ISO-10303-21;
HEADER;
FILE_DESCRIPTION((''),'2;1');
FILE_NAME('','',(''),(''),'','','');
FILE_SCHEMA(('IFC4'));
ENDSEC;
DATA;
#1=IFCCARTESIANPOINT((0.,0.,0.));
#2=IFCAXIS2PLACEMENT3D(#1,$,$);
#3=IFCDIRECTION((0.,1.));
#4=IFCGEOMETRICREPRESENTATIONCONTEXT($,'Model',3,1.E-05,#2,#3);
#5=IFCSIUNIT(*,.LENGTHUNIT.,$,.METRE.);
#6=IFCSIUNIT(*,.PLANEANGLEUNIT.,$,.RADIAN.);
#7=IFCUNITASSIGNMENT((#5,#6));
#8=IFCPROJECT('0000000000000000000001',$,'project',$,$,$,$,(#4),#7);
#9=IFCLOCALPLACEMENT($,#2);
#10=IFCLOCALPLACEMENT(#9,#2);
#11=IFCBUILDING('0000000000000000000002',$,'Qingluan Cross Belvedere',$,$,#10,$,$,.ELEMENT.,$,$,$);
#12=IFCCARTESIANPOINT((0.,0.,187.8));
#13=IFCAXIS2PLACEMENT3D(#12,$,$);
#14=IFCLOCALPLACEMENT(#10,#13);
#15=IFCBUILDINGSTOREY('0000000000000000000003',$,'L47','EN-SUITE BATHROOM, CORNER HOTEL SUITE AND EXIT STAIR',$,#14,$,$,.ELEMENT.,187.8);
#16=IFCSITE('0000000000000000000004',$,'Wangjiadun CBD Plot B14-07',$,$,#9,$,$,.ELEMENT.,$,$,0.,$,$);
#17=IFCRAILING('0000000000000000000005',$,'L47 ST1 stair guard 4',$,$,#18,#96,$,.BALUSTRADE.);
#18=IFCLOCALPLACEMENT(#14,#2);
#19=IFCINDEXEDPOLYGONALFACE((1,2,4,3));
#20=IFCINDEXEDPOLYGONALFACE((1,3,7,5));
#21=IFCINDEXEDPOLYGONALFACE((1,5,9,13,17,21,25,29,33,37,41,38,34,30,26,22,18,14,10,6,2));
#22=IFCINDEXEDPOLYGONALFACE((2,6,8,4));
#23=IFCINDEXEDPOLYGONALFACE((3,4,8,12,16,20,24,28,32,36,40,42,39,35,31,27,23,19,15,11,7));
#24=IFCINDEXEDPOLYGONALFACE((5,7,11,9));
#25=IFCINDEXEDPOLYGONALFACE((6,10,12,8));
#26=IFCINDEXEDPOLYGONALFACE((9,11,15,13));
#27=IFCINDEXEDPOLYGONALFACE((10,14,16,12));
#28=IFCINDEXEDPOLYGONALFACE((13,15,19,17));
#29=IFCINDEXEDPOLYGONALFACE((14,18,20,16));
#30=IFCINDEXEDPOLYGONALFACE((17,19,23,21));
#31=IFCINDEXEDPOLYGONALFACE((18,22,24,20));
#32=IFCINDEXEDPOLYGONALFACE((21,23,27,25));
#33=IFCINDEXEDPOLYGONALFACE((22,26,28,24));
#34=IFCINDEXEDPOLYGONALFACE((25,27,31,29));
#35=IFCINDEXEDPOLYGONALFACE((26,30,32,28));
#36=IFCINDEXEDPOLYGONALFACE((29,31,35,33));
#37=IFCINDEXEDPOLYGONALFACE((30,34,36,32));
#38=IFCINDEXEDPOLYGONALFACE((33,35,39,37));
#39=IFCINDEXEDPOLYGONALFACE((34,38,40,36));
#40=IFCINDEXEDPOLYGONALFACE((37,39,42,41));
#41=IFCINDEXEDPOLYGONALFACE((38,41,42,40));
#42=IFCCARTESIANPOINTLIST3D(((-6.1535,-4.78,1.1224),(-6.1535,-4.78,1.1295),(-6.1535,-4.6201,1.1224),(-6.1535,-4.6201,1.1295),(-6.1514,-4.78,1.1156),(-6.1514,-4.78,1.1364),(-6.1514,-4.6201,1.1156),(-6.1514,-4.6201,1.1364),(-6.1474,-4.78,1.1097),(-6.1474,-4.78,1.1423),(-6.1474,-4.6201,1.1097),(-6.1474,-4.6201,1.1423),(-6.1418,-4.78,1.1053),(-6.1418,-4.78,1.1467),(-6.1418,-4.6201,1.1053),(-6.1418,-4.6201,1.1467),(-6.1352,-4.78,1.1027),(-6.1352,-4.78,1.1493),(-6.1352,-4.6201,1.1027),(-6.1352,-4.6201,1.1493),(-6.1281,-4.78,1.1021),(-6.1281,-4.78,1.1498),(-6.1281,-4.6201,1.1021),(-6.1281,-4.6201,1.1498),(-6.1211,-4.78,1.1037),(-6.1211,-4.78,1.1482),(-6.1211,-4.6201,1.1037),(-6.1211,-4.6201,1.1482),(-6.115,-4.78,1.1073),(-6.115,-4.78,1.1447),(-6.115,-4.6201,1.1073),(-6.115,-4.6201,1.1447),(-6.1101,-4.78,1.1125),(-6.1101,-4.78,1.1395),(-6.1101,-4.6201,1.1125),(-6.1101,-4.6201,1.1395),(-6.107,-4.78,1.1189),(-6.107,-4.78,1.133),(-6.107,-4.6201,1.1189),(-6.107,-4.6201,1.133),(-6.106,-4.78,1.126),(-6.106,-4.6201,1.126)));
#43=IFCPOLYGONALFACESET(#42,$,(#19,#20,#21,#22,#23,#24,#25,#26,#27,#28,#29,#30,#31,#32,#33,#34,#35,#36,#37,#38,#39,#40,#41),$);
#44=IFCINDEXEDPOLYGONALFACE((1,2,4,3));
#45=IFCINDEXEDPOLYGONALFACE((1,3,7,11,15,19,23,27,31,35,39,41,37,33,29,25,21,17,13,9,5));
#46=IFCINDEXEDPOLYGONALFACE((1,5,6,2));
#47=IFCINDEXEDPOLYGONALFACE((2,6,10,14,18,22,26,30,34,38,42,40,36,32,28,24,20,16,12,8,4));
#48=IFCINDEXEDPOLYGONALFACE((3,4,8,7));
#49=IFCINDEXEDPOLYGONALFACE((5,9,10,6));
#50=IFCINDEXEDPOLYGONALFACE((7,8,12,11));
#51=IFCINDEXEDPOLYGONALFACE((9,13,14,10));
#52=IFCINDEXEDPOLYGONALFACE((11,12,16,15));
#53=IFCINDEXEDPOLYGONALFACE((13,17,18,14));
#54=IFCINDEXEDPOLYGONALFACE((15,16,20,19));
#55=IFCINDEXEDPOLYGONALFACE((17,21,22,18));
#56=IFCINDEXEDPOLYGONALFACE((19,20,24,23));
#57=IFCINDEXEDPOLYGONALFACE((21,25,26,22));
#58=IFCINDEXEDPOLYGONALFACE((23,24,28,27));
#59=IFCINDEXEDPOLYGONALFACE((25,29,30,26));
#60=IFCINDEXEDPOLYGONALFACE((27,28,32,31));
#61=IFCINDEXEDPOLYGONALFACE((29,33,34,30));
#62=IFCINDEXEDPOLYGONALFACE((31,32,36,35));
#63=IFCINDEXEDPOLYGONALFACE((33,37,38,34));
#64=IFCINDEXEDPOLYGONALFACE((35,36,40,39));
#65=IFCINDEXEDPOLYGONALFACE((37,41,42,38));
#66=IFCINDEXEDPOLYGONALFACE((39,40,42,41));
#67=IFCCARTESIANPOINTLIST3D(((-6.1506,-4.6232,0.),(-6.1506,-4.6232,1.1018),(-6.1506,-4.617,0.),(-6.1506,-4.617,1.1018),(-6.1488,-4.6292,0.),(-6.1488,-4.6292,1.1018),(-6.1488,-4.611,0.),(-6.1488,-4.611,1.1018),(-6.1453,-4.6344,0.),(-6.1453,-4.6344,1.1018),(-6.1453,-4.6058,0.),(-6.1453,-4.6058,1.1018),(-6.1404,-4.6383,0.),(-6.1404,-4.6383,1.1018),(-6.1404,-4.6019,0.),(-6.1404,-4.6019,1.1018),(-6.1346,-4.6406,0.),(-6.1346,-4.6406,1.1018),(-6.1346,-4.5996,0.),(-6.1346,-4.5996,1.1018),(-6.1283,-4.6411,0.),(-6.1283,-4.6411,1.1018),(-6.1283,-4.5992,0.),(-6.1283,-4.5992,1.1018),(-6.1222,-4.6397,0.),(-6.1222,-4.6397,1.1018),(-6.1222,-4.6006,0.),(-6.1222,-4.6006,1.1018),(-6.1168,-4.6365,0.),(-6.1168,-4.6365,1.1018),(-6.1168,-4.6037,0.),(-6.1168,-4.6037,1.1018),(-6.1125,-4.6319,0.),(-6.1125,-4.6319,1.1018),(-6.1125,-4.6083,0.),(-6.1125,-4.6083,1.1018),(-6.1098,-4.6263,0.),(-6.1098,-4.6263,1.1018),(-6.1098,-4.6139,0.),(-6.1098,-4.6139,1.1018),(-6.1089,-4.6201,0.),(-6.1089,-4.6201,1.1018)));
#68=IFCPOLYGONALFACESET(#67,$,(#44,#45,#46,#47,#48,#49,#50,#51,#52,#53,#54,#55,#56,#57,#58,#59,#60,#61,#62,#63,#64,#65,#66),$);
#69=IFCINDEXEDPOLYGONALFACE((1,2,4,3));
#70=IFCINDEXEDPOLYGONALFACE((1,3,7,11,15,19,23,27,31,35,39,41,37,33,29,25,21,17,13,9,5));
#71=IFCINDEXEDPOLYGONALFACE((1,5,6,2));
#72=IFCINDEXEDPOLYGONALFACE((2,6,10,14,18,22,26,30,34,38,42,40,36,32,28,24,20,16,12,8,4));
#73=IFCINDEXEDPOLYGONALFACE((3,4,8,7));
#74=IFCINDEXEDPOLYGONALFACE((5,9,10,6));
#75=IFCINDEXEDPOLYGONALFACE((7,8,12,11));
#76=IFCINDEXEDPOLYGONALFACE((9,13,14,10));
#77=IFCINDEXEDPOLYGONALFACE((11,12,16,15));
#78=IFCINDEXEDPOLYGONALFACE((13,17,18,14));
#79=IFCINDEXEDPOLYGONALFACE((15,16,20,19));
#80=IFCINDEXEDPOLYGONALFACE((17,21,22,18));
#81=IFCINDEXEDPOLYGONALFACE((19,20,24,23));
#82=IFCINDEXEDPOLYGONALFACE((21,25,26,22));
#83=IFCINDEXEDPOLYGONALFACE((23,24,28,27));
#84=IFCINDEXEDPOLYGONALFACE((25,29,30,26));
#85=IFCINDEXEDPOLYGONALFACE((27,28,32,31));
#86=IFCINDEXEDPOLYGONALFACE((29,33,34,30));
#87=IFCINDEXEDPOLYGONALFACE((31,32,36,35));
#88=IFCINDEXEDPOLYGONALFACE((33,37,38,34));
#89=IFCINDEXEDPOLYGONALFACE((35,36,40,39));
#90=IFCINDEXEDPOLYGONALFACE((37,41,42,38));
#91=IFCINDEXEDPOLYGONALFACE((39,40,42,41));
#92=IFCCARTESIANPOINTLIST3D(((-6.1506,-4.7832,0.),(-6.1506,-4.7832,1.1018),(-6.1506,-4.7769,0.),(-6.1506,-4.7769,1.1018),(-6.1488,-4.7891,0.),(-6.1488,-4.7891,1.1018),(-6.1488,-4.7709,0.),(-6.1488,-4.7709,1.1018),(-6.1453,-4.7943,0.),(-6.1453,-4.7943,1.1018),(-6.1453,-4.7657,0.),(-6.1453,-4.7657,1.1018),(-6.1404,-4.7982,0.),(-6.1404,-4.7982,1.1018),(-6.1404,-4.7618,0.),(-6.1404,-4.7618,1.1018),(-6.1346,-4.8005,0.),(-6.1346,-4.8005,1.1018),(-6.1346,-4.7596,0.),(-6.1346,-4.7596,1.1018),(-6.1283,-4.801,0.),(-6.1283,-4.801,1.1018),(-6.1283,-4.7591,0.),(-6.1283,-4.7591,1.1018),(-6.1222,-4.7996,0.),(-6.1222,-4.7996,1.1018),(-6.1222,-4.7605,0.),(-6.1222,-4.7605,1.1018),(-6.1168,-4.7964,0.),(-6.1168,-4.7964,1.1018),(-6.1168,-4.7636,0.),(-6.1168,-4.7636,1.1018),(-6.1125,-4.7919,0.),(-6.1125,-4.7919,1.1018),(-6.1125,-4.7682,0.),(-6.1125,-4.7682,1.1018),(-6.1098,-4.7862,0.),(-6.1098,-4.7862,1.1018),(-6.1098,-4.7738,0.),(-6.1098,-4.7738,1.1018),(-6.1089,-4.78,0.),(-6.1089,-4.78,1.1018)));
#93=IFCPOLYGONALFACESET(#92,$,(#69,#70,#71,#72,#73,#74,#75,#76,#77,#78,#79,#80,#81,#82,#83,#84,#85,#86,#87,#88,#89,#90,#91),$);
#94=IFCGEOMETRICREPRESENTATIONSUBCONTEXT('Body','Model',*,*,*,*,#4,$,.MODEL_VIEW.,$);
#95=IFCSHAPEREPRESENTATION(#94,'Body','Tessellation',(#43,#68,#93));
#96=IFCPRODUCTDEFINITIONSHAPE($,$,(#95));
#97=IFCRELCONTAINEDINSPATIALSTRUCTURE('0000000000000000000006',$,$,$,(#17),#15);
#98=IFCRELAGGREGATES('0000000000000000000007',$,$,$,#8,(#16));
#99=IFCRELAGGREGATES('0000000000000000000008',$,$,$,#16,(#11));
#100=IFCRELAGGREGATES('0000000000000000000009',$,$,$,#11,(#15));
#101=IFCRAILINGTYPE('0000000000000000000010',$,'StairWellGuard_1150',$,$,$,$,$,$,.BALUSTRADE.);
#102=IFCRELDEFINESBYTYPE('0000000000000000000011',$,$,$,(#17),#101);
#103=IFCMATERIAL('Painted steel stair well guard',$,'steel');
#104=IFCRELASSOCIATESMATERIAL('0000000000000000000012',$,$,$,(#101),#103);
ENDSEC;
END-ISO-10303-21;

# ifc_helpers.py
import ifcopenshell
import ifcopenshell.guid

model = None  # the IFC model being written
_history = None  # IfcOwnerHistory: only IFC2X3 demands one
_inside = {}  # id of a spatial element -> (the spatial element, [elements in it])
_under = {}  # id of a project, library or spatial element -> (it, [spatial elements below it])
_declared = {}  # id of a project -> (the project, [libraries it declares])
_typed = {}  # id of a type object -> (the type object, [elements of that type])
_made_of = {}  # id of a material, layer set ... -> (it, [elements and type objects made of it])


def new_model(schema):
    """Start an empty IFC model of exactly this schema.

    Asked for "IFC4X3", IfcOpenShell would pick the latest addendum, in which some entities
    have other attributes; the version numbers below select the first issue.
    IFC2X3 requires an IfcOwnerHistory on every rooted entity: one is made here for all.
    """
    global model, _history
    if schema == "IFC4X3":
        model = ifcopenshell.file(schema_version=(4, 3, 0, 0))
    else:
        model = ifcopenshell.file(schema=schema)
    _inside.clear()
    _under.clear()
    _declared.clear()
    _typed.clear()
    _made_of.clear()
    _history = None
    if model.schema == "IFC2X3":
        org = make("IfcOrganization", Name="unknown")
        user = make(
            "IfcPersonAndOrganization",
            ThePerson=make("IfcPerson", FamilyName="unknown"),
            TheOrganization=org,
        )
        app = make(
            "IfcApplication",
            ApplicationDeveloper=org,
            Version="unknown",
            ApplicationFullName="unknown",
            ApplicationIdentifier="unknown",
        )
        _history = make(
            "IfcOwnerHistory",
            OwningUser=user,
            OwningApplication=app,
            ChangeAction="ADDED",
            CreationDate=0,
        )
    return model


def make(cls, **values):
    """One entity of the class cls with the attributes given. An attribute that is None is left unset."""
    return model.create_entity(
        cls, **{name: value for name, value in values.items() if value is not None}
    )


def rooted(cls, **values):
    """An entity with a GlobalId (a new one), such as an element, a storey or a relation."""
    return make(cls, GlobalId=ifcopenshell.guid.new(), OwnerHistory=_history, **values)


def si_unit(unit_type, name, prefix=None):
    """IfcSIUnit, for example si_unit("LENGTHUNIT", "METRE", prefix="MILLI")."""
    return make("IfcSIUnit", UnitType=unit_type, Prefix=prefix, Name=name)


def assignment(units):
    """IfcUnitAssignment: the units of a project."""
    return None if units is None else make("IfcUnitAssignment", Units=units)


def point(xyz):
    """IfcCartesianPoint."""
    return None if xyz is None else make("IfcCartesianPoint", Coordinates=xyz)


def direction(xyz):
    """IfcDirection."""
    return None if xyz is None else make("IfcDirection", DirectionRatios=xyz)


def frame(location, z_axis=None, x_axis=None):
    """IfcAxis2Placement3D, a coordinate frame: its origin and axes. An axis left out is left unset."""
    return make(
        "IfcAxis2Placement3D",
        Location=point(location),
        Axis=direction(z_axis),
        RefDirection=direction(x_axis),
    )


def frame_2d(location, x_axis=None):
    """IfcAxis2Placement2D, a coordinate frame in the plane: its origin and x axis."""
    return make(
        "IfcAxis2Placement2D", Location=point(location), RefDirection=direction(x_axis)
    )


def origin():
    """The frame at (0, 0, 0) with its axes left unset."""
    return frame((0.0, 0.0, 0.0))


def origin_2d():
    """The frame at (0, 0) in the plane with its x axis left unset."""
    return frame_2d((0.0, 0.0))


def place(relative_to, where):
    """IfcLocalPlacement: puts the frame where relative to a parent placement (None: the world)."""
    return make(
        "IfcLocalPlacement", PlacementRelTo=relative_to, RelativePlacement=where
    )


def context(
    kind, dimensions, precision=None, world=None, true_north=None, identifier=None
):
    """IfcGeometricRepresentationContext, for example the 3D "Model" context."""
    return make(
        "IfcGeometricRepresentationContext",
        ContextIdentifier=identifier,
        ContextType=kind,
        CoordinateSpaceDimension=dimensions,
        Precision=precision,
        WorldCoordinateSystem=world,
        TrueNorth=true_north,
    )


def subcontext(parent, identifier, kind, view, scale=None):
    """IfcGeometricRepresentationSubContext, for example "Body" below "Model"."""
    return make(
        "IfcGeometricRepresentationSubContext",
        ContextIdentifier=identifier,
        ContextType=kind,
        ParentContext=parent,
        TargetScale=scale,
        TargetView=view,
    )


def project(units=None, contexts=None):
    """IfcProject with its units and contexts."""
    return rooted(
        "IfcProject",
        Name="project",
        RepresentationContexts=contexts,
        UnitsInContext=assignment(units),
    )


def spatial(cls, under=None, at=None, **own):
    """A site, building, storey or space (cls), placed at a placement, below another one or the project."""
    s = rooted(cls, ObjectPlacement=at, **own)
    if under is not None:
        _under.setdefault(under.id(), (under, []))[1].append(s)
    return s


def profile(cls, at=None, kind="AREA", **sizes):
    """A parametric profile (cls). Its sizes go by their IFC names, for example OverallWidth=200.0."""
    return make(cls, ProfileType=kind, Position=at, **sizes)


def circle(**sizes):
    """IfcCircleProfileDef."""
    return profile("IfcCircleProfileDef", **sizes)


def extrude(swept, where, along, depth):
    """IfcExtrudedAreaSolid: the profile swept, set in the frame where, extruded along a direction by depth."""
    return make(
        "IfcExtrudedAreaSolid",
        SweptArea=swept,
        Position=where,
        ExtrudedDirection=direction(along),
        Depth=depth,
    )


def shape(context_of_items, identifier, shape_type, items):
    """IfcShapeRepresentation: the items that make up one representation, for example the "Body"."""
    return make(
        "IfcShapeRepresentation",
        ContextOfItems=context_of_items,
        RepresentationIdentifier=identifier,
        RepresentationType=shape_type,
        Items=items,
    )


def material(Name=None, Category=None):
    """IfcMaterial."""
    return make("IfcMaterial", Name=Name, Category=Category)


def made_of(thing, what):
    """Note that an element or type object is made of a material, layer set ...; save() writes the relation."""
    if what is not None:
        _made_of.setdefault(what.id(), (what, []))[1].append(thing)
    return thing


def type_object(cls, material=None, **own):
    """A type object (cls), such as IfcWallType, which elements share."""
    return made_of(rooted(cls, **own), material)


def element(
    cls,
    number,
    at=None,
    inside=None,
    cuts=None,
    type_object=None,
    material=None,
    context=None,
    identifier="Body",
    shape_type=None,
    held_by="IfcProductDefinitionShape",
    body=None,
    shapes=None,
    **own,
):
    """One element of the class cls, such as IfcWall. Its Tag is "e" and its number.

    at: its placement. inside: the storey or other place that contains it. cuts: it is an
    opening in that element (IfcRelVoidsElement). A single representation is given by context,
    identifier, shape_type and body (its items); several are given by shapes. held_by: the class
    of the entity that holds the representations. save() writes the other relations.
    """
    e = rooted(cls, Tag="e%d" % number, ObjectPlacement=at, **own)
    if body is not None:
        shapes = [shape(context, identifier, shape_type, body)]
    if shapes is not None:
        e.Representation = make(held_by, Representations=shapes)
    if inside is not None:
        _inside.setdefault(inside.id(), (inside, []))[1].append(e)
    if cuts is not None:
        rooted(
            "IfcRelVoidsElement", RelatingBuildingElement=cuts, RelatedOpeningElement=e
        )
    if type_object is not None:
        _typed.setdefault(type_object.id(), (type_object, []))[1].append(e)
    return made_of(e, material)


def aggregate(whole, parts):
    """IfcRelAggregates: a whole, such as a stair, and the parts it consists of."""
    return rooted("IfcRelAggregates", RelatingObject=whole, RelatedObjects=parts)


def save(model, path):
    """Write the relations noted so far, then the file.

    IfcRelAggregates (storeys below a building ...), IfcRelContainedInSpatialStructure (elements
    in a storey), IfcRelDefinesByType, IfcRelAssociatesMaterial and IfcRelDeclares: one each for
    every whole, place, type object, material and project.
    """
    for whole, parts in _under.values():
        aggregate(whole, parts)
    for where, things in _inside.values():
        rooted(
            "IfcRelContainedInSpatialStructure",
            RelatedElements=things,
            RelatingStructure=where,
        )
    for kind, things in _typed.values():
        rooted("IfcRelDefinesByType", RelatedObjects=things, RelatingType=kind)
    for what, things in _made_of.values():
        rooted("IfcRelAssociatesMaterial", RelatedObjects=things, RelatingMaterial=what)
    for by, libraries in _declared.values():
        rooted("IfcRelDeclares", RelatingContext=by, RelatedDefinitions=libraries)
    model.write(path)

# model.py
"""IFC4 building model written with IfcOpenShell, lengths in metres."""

from ifc_helpers import new_model, si_unit, direction, frame, origin, origin_2d, place, context, subcontext, project, spatial, circle, extrude, material, type_object, element, save


model = new_model("IFC4")

# Units and contexts
model_context = context("Model", 3, precision=1e-05, world=origin(), true_north=direction((0.0, 1.0)))
body_context = subcontext(model_context, "Body", "Model", "MODEL_VIEW")
ifc_project = project(units=[si_unit("LENGTHUNIT", "METRE"), si_unit("PLANEANGLEUNIT", "RADIAN")], contexts=[model_context])

# Site, building, storey
site_placement = place(None, origin())
site = spatial("IfcSite", under=ifc_project, at=site_placement, Name="Wangjiadun CBD Plot B14-07", CompositionType="ELEMENT", RefElevation=0.0)
building_placement = place(site_placement, origin())
building = spatial("IfcBuilding", under=site, at=building_placement, Name="Qingluan Cross Belvedere", CompositionType="ELEMENT")
storey_placement = place(building_placement, frame((0.0, 0.0, 187.8)))
storey = spatial("IfcBuildingStorey", under=building, at=storey_placement, Name="L47", Description="EN-SUITE BATHROOM, CORNER HOTEL SUITE AND EXIT STAIR", CompositionType="ELEMENT", Elevation=187.8)

# Railing
ifc_material_1 = material(Name="Painted steel stair well guard", Category="steel")
railing_type_1 = type_object("IfcRailingType", Name="StairWellGuard_1150", PredefinedType="BALUSTRADE", material=ifc_material_1)
railing_1_placement = place(storey_placement, frame((-6.1299, -4.6201, 0.0)))
element("IfcRailing", 1, at=railing_1_placement, inside=storey, type_object=railing_type_1, Name="L47 ST1 stair guard 4", PredefinedType="BALUSTRADE", context=body_context, shape_type="SweptSolid", body=[
    extrude(circle(Radius=0.0239, at=origin_2d()), frame((0.0, 0.0, 1.126), z_axis=(0.0, -1.0, 0.0), x_axis=(1.0, 0.0, 0.0)), (0.0, 0.0, 1.0), 0.1599),
    extrude(circle(Radius=0.021, at=origin_2d()), origin(), (0.0, 0.0, 1.0), 1.1018),
    extrude(circle(Radius=0.021, at=origin_2d()), frame((0.0, -0.1599, 0.0)), (0.0, 0.0, 1.0), 1.1018),
])

save(model, "model.ifc")
